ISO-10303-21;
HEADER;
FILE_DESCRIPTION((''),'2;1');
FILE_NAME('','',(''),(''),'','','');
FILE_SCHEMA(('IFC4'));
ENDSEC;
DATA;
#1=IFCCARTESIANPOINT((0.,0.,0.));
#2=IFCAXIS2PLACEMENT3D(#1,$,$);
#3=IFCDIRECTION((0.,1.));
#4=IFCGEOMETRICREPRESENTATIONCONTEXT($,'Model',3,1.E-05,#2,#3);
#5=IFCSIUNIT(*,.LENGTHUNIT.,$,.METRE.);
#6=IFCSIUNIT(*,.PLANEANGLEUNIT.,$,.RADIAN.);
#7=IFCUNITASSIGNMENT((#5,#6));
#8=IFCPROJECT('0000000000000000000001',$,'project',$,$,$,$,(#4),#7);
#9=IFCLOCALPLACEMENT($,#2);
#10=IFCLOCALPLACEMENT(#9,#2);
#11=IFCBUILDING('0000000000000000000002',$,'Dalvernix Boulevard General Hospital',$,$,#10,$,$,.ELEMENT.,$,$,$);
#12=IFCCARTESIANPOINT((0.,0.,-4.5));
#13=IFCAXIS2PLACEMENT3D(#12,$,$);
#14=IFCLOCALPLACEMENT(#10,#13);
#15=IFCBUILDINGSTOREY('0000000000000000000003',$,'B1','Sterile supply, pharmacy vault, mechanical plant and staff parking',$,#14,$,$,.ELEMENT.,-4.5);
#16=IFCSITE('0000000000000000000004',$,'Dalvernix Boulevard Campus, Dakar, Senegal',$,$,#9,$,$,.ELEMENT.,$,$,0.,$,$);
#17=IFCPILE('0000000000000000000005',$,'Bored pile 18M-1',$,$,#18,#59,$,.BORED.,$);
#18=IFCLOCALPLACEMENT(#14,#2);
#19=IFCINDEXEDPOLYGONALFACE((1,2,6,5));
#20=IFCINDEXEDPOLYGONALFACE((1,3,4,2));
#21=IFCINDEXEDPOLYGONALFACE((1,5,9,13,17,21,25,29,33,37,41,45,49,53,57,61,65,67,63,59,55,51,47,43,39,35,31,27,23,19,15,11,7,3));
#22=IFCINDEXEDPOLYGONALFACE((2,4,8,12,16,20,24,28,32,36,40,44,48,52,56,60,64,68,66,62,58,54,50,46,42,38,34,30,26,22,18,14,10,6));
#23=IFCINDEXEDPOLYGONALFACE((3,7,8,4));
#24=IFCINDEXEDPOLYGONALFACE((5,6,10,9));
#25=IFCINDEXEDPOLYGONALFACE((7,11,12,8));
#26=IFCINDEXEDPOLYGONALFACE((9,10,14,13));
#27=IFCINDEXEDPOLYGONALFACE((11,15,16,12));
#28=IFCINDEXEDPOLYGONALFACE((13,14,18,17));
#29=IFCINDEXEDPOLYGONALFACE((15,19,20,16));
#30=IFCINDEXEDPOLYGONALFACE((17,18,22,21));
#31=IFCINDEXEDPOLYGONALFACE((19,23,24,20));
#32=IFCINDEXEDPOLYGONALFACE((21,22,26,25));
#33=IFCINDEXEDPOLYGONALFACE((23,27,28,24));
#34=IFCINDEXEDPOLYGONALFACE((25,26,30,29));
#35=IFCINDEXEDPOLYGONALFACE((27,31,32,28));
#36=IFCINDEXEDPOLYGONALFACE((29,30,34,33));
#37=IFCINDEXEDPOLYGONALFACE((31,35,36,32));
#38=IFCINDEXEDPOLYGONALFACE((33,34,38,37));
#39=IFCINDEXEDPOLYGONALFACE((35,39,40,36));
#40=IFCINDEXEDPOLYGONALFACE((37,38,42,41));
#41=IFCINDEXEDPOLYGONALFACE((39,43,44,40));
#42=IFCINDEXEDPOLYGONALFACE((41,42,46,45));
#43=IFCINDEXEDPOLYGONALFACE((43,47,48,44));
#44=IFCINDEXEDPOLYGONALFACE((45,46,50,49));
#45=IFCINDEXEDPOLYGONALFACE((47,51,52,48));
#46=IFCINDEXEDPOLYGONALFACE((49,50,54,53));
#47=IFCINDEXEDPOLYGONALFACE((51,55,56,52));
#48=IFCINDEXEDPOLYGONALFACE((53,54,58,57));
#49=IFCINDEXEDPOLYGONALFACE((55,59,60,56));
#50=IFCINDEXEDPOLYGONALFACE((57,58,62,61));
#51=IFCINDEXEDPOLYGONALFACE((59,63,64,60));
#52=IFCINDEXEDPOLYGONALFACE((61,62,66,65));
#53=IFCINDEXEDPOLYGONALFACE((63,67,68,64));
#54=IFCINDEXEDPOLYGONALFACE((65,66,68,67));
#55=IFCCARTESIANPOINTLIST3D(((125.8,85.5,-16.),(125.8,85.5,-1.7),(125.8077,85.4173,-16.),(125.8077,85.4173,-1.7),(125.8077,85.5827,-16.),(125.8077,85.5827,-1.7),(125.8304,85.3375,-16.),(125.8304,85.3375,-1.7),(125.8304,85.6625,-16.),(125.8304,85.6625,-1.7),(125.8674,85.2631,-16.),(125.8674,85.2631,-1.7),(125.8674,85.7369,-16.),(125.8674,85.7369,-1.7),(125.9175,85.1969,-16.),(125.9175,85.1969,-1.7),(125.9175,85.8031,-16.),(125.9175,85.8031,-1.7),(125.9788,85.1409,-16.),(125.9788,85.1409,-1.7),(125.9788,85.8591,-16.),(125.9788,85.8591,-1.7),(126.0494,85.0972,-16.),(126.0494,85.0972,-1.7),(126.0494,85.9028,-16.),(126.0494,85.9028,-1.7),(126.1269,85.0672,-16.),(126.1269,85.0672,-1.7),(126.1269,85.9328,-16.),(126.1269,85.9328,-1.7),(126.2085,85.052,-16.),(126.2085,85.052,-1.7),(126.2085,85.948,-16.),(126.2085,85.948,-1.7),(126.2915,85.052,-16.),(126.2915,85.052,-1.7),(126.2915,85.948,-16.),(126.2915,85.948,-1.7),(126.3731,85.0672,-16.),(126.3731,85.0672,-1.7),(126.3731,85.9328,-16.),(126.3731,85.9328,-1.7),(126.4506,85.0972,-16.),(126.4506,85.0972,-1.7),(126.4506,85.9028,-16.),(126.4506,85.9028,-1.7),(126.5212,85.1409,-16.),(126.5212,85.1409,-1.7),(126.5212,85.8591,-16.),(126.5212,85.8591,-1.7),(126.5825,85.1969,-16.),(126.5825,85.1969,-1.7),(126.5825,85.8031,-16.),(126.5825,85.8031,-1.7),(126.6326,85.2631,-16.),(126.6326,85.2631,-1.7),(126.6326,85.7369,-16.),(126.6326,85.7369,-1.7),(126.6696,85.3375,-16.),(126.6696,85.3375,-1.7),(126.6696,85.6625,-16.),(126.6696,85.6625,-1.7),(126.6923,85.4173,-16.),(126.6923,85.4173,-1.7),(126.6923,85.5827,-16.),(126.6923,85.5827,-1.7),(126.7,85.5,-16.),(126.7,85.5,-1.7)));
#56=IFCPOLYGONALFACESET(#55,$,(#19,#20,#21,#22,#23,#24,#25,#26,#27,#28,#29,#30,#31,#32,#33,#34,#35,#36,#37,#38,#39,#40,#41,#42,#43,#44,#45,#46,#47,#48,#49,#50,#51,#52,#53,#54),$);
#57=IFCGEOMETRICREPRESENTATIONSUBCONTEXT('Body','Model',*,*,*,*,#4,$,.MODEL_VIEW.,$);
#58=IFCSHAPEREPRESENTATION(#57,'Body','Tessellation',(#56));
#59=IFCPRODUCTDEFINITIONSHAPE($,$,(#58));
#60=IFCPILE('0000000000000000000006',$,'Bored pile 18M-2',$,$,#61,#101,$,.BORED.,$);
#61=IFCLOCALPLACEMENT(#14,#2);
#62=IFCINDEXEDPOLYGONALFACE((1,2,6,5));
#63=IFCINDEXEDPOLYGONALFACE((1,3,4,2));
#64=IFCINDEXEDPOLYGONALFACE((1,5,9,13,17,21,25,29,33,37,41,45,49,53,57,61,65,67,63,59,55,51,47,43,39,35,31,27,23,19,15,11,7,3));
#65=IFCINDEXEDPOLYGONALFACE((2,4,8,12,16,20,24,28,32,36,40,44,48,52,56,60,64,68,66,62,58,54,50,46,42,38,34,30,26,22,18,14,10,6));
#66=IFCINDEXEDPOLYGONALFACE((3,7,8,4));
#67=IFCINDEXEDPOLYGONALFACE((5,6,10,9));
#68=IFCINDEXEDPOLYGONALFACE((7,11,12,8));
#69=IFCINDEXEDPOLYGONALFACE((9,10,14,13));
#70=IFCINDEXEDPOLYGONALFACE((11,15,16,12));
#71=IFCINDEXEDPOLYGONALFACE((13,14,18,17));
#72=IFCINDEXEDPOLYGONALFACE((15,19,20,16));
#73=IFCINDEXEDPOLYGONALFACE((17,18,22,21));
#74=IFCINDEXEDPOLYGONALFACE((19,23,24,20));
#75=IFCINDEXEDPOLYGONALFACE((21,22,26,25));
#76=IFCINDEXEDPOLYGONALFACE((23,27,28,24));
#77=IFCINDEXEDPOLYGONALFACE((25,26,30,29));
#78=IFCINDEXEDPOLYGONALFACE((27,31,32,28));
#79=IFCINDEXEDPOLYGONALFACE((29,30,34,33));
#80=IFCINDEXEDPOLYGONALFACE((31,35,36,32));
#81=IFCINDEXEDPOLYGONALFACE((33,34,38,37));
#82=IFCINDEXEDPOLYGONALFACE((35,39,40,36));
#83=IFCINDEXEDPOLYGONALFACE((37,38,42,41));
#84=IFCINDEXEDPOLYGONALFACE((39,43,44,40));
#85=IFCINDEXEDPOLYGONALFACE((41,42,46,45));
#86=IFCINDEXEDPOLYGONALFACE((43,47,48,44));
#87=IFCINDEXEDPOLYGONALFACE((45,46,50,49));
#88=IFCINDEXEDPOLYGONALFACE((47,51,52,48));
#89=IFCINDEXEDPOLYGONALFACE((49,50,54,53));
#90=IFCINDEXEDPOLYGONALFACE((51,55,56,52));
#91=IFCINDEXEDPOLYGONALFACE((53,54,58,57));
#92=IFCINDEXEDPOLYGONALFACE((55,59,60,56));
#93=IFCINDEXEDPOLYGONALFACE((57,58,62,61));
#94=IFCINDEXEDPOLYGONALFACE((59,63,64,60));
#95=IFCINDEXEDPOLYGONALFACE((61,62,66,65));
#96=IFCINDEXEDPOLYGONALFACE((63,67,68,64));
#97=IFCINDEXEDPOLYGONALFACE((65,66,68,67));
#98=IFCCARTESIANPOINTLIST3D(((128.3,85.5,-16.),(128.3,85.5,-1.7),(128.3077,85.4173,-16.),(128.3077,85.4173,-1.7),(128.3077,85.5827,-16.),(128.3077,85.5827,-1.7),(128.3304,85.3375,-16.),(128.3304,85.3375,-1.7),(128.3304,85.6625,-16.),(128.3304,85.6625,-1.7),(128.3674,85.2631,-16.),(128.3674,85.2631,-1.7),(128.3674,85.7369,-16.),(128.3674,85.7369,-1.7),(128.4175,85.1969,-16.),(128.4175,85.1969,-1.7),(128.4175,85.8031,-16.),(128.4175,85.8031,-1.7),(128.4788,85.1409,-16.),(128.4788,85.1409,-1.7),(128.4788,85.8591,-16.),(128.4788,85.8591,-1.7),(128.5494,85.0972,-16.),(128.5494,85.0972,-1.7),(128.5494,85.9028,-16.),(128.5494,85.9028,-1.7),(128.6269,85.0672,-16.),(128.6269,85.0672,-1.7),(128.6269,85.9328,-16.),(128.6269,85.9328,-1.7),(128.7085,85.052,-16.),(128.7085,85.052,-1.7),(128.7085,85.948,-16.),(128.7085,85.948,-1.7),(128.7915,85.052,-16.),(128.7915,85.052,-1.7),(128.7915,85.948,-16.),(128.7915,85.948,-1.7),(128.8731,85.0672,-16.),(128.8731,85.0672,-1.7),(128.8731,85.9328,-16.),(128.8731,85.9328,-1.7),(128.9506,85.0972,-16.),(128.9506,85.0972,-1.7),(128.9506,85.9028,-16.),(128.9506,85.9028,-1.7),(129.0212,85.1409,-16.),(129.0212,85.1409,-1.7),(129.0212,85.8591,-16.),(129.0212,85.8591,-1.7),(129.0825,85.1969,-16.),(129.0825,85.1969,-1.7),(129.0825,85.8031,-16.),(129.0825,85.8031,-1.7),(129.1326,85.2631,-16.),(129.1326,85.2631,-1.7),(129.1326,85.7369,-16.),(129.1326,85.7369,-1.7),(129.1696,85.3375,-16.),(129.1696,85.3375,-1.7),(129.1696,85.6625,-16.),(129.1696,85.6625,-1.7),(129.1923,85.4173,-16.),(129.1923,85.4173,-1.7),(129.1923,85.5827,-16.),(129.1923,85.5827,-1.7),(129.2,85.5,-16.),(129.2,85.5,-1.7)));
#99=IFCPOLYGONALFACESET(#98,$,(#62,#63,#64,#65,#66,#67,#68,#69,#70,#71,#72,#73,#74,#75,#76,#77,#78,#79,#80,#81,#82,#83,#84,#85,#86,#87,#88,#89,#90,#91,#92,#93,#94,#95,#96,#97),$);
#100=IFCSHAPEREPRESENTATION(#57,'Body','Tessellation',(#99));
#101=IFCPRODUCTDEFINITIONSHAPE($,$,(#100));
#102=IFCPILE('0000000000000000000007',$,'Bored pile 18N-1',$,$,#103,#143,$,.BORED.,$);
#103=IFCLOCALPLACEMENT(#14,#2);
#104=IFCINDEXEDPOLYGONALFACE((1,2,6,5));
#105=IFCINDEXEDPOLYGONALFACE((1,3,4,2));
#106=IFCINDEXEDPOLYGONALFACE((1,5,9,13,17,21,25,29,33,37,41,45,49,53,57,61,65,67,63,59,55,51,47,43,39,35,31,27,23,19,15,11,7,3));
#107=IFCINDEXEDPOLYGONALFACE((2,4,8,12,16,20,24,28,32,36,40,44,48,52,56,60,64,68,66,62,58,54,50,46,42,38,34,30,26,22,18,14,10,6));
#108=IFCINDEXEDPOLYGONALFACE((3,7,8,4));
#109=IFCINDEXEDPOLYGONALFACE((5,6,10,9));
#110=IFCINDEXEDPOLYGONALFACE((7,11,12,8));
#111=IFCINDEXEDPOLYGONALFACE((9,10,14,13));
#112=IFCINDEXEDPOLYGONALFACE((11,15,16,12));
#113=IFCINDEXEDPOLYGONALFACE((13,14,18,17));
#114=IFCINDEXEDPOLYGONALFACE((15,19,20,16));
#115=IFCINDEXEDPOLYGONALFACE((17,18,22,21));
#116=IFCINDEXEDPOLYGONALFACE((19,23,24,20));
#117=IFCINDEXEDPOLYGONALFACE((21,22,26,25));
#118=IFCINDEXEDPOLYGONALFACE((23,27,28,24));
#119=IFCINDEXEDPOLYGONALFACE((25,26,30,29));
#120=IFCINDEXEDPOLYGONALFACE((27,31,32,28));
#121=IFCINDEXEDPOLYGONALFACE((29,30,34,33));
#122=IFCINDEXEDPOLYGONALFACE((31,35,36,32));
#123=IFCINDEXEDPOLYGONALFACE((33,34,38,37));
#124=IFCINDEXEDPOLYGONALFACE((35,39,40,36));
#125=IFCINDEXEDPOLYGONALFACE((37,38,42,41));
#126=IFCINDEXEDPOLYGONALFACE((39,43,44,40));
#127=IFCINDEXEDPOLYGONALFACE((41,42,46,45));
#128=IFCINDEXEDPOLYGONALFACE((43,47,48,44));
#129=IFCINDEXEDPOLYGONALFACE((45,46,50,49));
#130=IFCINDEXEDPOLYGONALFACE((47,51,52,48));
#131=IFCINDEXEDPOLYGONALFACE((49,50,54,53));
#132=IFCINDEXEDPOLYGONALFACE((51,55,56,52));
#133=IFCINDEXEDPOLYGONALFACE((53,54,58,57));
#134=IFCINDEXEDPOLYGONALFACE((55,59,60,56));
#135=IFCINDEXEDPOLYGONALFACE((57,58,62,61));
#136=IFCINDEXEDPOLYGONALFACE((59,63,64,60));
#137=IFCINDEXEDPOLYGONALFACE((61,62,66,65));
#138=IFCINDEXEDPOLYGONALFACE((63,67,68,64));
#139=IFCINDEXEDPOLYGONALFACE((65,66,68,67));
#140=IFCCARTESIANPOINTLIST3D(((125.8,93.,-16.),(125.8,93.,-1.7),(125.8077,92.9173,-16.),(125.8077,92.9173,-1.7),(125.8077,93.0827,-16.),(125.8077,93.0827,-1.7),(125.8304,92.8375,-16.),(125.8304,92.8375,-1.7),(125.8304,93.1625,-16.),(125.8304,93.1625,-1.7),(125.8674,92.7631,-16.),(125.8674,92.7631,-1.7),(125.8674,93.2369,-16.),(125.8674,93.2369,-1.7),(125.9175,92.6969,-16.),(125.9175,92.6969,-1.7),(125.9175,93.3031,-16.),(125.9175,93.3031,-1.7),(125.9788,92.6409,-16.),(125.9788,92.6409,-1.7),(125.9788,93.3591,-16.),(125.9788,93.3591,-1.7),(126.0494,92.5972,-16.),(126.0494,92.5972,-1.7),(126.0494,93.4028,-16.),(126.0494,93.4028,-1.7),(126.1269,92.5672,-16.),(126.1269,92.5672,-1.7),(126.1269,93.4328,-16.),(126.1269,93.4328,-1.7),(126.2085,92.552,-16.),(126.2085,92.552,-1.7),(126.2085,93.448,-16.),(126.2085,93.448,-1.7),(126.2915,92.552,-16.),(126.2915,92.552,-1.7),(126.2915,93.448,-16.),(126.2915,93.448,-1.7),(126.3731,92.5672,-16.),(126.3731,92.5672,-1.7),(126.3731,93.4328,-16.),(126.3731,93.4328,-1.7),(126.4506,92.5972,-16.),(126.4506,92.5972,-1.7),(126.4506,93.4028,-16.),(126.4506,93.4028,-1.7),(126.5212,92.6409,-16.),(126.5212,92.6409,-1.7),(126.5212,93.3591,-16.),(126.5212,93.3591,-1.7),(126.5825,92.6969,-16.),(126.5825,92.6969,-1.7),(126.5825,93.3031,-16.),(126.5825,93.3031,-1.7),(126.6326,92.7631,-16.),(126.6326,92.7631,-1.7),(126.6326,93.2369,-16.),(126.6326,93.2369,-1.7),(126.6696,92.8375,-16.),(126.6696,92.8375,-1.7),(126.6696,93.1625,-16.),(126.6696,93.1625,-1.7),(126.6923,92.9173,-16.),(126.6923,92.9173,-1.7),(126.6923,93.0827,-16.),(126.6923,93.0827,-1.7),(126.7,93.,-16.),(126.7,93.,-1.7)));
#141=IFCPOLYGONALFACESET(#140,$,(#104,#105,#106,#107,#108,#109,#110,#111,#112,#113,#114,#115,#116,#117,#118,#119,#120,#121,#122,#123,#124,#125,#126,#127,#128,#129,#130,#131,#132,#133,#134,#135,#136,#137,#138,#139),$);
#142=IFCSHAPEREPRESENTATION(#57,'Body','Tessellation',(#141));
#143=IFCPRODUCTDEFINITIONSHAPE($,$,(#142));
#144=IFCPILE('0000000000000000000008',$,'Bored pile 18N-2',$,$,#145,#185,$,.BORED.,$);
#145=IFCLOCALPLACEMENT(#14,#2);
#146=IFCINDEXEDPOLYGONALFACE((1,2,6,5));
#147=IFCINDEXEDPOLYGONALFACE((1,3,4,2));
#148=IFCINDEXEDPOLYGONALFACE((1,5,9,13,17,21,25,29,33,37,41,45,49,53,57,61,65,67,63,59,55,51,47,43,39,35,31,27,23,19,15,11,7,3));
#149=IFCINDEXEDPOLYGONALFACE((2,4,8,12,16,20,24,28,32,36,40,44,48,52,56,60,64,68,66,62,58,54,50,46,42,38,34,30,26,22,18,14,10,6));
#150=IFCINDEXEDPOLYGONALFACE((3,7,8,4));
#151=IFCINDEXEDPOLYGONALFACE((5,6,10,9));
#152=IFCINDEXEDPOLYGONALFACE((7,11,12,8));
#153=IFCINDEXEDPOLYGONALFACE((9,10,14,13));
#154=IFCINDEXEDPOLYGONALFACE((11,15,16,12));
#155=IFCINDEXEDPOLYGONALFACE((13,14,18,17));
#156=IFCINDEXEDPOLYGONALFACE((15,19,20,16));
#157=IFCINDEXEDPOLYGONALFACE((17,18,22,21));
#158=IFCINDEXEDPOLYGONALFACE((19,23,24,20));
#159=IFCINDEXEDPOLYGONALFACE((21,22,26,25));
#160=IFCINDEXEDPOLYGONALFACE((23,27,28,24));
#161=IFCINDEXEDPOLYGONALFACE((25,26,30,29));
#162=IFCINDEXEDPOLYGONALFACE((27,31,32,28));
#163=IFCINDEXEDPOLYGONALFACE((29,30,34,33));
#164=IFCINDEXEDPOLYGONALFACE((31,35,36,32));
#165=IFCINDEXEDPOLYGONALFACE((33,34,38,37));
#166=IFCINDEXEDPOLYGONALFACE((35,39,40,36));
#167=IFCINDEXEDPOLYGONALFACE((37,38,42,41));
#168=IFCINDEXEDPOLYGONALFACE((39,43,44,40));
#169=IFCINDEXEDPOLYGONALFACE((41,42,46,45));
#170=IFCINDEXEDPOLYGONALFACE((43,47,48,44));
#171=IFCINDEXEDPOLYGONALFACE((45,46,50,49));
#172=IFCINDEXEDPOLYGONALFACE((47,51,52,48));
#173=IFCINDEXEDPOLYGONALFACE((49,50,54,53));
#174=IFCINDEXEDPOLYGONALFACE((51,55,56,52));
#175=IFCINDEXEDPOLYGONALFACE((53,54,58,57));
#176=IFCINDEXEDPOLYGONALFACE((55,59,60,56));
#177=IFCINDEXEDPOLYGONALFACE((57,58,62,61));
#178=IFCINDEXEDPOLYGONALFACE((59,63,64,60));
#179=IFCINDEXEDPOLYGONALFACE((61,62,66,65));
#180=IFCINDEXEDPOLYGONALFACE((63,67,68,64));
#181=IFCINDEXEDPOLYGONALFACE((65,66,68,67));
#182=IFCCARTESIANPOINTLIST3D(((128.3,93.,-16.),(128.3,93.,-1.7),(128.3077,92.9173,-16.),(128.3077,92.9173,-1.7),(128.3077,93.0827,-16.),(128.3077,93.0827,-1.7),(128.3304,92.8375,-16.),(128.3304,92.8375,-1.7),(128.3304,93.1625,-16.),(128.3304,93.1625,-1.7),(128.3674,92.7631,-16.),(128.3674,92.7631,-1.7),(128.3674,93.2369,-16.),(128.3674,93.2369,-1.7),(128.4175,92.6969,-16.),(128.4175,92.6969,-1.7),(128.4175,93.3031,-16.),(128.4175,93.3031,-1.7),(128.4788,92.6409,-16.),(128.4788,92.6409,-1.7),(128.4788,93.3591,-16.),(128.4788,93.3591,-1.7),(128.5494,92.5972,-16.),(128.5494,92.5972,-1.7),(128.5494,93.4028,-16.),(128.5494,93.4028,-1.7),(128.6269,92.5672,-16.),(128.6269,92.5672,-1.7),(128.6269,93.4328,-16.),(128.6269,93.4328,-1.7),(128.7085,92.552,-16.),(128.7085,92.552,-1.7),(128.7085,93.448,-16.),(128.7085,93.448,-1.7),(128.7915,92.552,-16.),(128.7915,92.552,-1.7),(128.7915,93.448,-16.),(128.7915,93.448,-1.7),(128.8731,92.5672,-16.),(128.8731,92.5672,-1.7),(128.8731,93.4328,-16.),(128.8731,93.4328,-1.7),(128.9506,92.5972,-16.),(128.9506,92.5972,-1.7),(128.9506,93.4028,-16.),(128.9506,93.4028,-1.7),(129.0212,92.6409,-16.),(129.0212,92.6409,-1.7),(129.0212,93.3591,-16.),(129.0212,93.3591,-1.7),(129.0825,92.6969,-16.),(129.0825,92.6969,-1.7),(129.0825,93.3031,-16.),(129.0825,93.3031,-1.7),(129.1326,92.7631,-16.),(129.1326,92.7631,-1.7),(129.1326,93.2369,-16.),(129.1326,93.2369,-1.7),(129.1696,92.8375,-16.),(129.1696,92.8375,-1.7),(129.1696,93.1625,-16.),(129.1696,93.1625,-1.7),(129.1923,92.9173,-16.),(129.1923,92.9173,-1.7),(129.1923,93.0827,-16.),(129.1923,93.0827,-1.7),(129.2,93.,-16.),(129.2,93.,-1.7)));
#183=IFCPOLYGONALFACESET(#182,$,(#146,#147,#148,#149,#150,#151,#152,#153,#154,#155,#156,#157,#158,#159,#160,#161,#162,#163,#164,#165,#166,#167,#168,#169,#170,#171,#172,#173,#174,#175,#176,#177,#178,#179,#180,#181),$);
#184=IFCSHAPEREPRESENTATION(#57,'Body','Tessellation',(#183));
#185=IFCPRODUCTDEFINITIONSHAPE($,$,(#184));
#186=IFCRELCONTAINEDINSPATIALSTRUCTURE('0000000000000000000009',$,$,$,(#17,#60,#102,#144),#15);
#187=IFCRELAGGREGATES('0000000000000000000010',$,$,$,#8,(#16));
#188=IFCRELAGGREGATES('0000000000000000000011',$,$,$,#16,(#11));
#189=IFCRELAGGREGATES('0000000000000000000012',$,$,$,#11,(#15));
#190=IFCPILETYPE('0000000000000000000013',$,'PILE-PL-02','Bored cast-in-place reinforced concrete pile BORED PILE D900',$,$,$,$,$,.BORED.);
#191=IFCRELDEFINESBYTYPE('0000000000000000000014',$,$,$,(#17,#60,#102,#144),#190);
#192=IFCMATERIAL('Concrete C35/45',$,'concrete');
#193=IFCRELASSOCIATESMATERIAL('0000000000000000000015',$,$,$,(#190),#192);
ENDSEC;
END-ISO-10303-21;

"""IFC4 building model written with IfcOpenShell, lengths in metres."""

from ifc_helpers import new_model, si_unit, direction, frame, origin, origin_2d, place, context, subcontext, project, spatial, circle, extrude, material, material_profile, profile_set, type_object, element, save


model = new_model("IFC4")

# Units and contexts
model_context = context("Model", 3, precision=1e-05, world=origin(), true_north=direction((0.0, 1.0)))
body_context = subcontext(model_context, "Body", "Model", "MODEL_VIEW")
ifc_project = project(units=[si_unit("LENGTHUNIT", "METRE"), si_unit("PLANEANGLEUNIT", "RADIAN")], contexts=[model_context])

# Site, building, storey
site_placement = place(None, origin())
site = spatial("IfcSite", under=ifc_project, at=site_placement, Name="Dalvernix Boulevard Campus, Dakar, Senegal", CompositionType="ELEMENT", RefElevation=0.0)
building_placement = place(site_placement, origin())
building = spatial("IfcBuilding", under=site, at=building_placement, Name="Dalvernix Boulevard General Hospital", CompositionType="ELEMENT")
storey_placement = place(building_placement, frame((0.0, 0.0, -4.5)))
storey = spatial("IfcBuildingStorey", under=building, at=storey_placement, Name="B1", Description="Sterile supply, pharmacy vault, mechanical plant and staff parking", CompositionType="ELEMENT", Elevation=-4.5)

# Shared definitions
ifc_material_1 = material(Name="Concrete C35/45", Category="concrete")

# Piles
ifc_material_profile_1 = material_profile(ifc_material_1, circle(Radius=0.45, at=origin_2d()), Name="BORED PILE D900")
ifc_profile_set_1 = profile_set([ifc_material_profile_1], Name="Concrete C35/45")
pile_type = type_object("IfcPileType", Name="PILE-PL-02", Description="Bored cast-in-place reinforced concrete pile BORED PILE D900", PredefinedType="BORED", material=ifc_profile_set_1)
for number, where, z_axis, x_axis, name in (
    (1, (126.25, 85.5, -1.7), (0.0, 0.0, -1.0), (1.0, 0.0, 0.0), "Bored pile 18M-1"),
    (2, (128.75, 85.5, -1.7), (0.0, 0.0, -1.0), (1.0, 0.0, 0.0), "Bored pile 18M-2"),
    (3, (126.25, 93.0, -1.7), (0.0, 0.0, -1.0), (1.0, 0.0, 0.0), "Bored pile 18N-1"),
    (4, (128.75, 93.0, -1.7), (0.0, 0.0, -1.0), (1.0, 0.0, 0.0), "Bored pile 18N-2"),
):
    element("IfcPile", number, at=place(storey_placement, frame(where, z_axis=z_axis, x_axis=x_axis)), inside=storey, type_object=pile_type, Name=name, PredefinedType="BORED", context=body_context, shape_type="SweptSolid", body=[
        extrude(circle(Radius=0.45, at=origin_2d()), origin(), (0.0, 0.0, 1.0), 14.3),
    ])

save(model, "model.ifc")
